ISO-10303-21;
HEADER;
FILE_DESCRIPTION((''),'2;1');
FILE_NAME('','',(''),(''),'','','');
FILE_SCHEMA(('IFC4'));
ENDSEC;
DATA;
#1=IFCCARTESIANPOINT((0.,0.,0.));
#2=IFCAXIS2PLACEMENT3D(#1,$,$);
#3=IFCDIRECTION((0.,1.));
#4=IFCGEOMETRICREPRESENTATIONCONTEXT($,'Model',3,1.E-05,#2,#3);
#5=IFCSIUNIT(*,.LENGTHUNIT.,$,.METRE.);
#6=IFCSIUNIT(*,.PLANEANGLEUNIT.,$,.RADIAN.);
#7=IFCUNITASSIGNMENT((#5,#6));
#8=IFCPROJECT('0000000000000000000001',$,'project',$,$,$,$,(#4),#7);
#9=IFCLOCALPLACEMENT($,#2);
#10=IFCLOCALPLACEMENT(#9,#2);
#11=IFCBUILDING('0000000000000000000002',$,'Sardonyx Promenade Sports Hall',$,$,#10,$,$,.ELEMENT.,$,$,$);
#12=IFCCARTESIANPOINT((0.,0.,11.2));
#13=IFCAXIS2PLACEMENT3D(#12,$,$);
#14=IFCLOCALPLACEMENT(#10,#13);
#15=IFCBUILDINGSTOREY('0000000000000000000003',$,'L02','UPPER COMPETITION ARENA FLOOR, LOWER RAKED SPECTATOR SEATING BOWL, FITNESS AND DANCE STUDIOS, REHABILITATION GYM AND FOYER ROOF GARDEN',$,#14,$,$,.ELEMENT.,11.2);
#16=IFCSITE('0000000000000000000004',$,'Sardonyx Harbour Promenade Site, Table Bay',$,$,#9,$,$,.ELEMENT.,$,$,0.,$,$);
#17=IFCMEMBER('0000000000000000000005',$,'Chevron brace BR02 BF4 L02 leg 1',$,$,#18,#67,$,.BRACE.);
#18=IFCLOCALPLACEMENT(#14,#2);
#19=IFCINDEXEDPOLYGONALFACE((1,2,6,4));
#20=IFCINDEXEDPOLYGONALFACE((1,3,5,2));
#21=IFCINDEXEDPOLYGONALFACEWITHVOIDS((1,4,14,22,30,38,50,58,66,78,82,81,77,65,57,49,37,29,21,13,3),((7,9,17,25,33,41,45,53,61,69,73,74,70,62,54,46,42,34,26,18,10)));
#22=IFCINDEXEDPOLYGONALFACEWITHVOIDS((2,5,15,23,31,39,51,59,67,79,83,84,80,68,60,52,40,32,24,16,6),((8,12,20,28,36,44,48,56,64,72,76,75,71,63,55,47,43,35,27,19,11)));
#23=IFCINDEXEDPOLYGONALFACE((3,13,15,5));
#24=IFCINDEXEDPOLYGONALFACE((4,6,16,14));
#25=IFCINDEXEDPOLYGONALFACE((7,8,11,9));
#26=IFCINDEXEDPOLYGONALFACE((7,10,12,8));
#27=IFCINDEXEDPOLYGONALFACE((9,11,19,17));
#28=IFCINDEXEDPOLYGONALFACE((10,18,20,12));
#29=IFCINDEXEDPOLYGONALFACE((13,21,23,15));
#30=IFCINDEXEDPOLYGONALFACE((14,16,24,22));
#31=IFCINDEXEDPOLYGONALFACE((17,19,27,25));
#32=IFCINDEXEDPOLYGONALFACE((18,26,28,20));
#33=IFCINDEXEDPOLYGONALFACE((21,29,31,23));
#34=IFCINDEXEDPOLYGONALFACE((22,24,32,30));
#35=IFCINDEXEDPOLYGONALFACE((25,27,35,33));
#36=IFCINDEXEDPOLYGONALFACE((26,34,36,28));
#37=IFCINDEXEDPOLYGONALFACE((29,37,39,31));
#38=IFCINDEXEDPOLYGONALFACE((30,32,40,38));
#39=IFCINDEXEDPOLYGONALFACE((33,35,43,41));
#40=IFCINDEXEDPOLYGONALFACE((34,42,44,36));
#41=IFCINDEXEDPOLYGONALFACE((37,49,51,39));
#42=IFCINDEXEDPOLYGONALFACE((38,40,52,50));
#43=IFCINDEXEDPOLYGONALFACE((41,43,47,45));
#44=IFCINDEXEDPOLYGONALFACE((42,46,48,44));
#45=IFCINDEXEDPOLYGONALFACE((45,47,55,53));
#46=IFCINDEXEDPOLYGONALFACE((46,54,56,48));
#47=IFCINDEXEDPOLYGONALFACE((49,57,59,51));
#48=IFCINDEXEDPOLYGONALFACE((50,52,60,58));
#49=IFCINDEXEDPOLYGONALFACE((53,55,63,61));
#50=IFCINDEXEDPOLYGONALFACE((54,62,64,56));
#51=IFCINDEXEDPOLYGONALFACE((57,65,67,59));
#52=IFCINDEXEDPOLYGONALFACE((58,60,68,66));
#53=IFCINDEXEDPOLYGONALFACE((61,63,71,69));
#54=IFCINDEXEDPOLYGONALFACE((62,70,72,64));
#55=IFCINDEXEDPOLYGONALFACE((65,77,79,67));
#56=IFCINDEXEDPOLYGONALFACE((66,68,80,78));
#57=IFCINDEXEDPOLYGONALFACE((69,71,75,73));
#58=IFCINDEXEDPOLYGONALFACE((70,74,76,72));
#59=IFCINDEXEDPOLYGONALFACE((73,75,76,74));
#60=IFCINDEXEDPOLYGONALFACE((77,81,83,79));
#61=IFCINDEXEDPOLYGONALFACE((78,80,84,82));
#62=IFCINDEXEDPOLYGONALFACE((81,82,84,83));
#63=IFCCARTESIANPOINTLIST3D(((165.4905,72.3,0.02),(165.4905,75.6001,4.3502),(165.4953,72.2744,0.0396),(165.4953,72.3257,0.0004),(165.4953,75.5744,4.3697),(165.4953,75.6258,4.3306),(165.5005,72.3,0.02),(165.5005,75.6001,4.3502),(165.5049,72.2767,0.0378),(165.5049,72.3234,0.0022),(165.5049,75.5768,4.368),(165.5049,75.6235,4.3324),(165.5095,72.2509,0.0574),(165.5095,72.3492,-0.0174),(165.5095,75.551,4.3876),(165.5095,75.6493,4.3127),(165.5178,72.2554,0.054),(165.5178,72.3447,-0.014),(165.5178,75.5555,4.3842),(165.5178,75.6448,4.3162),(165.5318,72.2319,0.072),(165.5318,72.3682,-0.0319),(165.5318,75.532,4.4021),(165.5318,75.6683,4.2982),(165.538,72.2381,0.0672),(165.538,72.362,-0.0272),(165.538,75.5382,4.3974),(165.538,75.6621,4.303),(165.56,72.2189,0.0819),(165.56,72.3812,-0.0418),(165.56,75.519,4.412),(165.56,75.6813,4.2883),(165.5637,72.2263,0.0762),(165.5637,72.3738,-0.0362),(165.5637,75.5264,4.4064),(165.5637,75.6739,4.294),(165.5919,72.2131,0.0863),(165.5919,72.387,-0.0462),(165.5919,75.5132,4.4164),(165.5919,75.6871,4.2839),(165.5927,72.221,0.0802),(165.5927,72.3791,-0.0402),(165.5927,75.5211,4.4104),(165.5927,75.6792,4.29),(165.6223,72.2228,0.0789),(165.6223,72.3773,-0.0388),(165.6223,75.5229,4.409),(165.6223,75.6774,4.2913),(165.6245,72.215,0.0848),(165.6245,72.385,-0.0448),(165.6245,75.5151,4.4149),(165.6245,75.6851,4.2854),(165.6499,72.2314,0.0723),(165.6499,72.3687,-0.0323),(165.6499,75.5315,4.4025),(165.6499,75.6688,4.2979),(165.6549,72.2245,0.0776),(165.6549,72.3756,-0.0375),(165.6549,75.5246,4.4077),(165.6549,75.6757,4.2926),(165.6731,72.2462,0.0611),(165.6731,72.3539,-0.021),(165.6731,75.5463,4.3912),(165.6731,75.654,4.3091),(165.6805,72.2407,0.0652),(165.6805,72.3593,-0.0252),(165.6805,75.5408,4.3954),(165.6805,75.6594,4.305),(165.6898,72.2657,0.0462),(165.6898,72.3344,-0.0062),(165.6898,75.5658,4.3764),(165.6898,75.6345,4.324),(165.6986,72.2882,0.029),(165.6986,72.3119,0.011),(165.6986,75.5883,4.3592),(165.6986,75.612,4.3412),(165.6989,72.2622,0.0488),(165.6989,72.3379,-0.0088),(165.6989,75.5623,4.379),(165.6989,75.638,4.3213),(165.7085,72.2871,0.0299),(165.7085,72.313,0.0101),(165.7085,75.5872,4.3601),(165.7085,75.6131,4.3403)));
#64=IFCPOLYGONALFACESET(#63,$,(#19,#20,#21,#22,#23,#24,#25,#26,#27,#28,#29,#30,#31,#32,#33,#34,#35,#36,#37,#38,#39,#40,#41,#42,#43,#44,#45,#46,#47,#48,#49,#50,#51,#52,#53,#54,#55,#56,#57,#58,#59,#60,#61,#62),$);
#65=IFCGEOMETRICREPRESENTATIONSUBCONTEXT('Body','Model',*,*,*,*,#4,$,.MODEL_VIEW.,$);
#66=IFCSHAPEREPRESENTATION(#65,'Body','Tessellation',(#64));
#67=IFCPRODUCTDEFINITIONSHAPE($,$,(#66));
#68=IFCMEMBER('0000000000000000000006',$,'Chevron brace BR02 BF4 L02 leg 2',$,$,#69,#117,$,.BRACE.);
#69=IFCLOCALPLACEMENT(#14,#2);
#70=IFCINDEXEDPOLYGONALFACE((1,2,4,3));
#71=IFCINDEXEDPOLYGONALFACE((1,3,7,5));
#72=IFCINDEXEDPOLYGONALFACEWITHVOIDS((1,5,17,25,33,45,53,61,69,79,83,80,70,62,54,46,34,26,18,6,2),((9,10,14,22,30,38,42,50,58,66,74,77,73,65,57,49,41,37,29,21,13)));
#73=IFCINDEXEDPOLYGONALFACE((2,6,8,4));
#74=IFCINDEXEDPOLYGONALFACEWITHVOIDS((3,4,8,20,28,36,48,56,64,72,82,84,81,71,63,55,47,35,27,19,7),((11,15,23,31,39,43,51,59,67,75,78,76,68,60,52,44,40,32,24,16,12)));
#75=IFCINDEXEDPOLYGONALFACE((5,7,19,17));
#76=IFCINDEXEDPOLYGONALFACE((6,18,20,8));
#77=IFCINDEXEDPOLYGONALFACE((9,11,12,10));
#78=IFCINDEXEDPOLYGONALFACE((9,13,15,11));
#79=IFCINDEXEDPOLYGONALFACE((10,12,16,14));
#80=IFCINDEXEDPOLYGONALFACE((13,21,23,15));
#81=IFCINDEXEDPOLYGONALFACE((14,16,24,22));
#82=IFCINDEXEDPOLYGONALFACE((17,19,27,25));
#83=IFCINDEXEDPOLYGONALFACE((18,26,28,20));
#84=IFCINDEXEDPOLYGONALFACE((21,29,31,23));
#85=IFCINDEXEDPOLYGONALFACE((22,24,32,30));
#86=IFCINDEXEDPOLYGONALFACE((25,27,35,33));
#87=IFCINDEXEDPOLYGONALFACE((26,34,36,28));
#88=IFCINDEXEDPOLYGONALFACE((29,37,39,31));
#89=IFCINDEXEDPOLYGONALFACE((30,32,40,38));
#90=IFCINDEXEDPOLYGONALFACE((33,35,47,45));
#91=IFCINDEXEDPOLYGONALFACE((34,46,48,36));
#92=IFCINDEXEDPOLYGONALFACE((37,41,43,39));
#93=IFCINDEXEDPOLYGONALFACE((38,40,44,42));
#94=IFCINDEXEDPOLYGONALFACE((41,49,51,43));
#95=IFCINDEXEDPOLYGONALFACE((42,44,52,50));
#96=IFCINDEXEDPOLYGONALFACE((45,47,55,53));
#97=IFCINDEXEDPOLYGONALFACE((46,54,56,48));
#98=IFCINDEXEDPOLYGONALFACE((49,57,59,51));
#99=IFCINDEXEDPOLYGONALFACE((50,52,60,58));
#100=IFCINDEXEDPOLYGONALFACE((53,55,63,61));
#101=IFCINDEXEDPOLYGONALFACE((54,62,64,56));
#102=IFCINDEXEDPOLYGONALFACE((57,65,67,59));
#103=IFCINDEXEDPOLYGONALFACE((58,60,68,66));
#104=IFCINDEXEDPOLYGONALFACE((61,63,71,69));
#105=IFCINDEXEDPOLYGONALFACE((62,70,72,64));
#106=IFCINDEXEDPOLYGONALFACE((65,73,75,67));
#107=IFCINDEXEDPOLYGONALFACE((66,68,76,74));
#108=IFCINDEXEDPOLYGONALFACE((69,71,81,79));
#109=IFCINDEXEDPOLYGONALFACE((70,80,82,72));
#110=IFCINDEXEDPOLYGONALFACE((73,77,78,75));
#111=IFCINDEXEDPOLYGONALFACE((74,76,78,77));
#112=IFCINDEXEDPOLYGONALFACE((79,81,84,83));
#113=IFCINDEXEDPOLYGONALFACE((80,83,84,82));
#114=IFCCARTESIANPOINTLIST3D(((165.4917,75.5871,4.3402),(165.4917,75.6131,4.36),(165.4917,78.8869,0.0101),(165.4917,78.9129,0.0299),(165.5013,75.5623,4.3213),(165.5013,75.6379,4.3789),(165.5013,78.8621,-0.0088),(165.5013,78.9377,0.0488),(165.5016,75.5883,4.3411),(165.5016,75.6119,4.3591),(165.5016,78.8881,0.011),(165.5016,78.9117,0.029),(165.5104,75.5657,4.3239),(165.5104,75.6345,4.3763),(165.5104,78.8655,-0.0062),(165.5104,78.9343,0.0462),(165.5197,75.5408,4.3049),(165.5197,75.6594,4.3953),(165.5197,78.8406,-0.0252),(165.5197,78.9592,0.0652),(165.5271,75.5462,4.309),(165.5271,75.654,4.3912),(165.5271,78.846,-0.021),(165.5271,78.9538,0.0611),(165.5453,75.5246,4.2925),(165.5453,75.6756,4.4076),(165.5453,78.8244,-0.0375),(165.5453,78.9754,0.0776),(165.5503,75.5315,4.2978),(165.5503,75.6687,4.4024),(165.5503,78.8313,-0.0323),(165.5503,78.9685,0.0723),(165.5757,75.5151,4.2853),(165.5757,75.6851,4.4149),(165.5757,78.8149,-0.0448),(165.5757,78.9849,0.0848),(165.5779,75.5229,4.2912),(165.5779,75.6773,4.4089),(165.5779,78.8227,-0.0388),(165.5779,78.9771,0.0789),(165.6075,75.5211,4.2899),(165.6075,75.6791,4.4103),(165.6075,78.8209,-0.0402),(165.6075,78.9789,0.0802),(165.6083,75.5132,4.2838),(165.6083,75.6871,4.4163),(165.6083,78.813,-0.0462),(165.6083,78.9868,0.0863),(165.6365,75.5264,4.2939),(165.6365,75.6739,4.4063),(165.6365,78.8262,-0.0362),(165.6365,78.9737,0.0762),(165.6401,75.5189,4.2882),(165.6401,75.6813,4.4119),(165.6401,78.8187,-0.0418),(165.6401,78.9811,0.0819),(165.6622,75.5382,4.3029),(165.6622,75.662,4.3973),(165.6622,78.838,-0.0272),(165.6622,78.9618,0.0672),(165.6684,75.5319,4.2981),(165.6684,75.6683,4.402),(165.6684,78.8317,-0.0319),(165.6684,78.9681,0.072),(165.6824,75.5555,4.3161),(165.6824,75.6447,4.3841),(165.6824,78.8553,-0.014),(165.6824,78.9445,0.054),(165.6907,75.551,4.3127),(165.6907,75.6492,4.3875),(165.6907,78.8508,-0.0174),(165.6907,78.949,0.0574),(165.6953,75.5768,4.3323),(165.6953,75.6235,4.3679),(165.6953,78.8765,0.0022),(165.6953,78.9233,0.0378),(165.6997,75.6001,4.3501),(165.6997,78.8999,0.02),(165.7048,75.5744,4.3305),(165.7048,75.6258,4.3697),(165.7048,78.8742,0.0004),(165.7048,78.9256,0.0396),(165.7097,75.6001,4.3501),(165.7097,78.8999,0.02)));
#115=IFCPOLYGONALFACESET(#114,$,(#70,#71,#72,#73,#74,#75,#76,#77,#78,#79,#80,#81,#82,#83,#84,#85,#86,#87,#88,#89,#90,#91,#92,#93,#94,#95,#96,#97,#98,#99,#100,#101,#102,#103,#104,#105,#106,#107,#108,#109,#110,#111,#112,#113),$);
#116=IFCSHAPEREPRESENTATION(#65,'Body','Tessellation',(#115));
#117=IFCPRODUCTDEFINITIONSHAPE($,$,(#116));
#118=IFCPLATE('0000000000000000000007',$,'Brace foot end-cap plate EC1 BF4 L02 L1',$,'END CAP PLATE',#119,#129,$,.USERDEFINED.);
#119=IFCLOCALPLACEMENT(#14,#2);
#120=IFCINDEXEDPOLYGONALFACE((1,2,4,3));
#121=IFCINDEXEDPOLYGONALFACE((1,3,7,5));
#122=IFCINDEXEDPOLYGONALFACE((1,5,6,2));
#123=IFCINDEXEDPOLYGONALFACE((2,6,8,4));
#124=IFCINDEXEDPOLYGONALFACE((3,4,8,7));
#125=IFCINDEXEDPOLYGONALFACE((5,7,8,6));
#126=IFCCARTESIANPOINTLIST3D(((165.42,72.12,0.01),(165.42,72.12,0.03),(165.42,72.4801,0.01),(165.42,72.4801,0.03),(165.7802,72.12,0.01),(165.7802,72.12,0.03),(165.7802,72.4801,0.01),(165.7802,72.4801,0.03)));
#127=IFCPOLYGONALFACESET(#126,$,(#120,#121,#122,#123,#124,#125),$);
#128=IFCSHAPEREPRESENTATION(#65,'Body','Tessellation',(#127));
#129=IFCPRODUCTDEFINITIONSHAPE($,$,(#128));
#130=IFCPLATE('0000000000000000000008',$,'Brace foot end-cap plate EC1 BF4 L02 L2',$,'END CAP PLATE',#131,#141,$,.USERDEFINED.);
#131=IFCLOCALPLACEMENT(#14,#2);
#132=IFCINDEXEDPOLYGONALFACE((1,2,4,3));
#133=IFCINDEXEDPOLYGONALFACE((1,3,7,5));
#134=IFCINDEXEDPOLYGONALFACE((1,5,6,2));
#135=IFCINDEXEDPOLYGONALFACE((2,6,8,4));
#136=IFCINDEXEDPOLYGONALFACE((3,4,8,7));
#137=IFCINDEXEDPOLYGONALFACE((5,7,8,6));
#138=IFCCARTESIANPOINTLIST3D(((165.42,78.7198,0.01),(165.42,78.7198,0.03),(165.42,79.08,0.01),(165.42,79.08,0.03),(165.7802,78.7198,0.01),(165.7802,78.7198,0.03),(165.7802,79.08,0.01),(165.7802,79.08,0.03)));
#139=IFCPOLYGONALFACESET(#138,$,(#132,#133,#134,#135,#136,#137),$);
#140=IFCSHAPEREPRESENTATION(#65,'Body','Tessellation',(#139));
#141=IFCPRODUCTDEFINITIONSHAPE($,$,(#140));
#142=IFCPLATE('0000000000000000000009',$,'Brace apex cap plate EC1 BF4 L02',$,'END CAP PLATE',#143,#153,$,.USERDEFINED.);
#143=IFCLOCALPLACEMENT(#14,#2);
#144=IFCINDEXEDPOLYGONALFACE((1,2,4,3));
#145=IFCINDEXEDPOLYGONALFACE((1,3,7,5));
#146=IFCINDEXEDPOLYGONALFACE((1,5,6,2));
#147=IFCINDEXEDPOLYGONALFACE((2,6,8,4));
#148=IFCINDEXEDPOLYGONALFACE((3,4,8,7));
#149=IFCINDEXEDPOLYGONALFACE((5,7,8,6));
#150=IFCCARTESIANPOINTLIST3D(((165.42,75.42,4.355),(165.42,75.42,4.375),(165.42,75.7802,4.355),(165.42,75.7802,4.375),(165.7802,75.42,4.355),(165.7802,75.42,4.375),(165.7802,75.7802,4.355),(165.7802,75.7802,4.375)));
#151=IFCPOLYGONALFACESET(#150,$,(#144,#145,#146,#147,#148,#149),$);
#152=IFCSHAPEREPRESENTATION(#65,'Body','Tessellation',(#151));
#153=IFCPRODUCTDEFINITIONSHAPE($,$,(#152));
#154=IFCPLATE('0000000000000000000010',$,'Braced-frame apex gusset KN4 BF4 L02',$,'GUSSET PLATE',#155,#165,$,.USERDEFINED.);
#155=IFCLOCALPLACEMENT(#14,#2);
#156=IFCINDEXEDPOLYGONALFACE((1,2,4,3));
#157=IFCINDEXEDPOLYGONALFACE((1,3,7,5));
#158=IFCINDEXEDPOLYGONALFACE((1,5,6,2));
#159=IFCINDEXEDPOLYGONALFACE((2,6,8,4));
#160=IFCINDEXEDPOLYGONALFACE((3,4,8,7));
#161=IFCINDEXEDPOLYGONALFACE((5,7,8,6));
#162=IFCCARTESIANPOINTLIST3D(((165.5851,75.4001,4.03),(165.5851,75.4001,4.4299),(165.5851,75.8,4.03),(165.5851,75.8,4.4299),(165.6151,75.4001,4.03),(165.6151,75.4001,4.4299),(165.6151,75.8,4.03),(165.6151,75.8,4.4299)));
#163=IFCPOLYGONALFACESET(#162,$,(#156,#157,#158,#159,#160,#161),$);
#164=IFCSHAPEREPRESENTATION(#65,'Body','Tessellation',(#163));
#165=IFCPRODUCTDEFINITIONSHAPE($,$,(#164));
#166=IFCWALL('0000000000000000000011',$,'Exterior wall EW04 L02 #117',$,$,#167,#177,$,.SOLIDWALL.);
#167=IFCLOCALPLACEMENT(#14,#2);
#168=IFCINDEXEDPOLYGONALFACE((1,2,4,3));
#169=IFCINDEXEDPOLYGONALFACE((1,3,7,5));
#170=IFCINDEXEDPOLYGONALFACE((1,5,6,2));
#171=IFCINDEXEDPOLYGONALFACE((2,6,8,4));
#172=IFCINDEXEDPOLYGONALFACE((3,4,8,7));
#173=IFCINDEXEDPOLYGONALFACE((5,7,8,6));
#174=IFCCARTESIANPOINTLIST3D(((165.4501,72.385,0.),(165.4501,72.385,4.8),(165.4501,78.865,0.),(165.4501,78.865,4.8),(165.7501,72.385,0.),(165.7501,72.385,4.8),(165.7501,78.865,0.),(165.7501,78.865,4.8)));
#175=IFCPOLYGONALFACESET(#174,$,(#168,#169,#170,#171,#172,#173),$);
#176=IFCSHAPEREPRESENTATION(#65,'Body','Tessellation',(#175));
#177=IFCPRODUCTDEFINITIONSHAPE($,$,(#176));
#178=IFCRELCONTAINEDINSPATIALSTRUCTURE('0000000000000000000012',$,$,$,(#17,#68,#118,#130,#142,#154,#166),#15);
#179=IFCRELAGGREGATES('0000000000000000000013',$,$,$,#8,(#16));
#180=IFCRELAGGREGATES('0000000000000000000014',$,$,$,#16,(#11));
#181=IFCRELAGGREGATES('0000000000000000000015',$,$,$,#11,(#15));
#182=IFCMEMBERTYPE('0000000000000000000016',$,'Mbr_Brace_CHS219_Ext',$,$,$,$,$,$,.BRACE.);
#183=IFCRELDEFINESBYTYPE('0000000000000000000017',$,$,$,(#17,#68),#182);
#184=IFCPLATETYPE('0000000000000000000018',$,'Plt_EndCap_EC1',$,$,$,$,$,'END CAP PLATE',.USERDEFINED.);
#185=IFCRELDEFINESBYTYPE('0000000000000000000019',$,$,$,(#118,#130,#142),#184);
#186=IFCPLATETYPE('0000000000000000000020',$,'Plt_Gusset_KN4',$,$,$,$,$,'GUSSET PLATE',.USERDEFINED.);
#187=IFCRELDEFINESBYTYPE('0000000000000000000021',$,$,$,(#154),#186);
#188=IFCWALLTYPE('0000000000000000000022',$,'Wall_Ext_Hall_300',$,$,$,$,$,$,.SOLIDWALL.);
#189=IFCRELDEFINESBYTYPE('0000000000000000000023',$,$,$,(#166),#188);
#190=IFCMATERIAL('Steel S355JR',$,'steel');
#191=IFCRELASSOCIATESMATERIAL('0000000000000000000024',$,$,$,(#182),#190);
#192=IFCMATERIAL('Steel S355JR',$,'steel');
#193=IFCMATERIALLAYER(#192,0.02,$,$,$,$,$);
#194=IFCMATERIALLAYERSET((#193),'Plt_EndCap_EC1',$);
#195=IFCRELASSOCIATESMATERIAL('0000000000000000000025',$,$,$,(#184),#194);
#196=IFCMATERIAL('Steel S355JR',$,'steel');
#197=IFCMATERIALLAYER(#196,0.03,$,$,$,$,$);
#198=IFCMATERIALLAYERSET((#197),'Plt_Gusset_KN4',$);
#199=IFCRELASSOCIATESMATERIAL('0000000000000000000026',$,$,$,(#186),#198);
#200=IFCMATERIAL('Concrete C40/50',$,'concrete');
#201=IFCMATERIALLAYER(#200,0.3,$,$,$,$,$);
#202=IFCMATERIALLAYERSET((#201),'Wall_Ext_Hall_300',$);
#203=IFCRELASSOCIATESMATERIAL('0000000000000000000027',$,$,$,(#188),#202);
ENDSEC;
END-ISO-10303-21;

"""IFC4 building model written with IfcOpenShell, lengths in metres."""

from ifc_helpers import new_model, si_unit, direction, frame, frame_2d, origin, origin_2d, place, context, subcontext, project, spatial, rectangle, hollow_circle, extrude, material, layer, layer_set, material_profile, profile_set, type_object, element, save


model = new_model("IFC4")

# Units and contexts
model_context = context("Model", 3, precision=1e-05, world=origin(), true_north=direction((0.0, 1.0)))
body_context = subcontext(model_context, "Body", "Model", "MODEL_VIEW")
ifc_project = project(units=[si_unit("LENGTHUNIT", "METRE"), si_unit("PLANEANGLEUNIT", "RADIAN")], contexts=[model_context])

# Site, building, storey
site_placement = place(None, origin())
site = spatial("IfcSite", under=ifc_project, at=site_placement, Name="Sardonyx Harbour Promenade Site, Table Bay", CompositionType="ELEMENT", RefElevation=0.0)
building_placement = place(site_placement, origin())
building = spatial("IfcBuilding", under=site, at=building_placement, Name="Sardonyx Promenade Sports Hall", CompositionType="ELEMENT")
storey_placement = place(building_placement, frame((0.0, 0.0, 11.2)))
storey = spatial("IfcBuildingStorey", under=building, at=storey_placement, Name="L02", Description="UPPER COMPETITION ARENA FLOOR, LOWER RAKED SPECTATOR SEATING BOWL, FITNESS AND DANCE STUDIOS, REHABILITATION GYM AND FOYER ROOF GARDEN", CompositionType="ELEMENT", Elevation=11.2)

# Members
ifc_material_1 = material(Name="Steel S355JR", Category="steel")
ifc_material_profile_1 = material_profile(ifc_material_1, hollow_circle(Radius=0.1096, WallThickness=0.01, at=origin_2d()))
ifc_profile_set_1 = profile_set([ifc_material_profile_1], Name="Steel S355JR")
member_type = type_object("IfcMemberType", Name="Mbr_Brace_CHS219_Ext", PredefinedType="BRACE", material=ifc_profile_set_1)
member_1_placement = place(storey_placement, frame((165.6001, 72.3, 0.02), z_axis=(0.0, 0.606153, 0.795348), x_axis=(-1.0, 0.0, 0.0)))
element("IfcMember", 1, at=member_1_placement, inside=storey, type_object=member_type, Name="Chevron brace BR02 BF4 L02 leg 1", PredefinedType="BRACE", context=body_context, shape_type="SweptSolid", body=[
    extrude(hollow_circle(Radius=0.1096, WallThickness=0.01, at=origin_2d()), origin(), (0.0, 0.0, 1.0), 5.4443),
])
member_2_placement = place(storey_placement, frame((165.6001, 78.8999, 0.02), z_axis=(0.0, -0.606124, 0.79537), x_axis=(1.0, 0.0, 0.0)))
element("IfcMember", 2, at=member_2_placement, inside=storey, type_object=member_type, Name="Chevron brace BR02 BF4 L02 leg 2", PredefinedType="BRACE", context=body_context, shape_type="SweptSolid", body=[
    extrude(hollow_circle(Radius=0.1096, WallThickness=0.01, at=origin_2d()), origin(), (0.0, 0.0, 1.0), 5.4441),
])

# Plates
ifc_material_2 = material(Name="Steel S355JR", Category="steel")
ifc_layer_1 = layer(ifc_material_2, 0.02)
ifc_layer_set_1 = layer_set([ifc_layer_1], Name="Plt_EndCap_EC1")
plate_type_1 = type_object("IfcPlateType", Name="Plt_EndCap_EC1", ElementType="END CAP PLATE", PredefinedType="USERDEFINED", material=ifc_layer_set_1)
for number, where, z_axis, x_axis, name in (
    (3, (165.6001, 72.3, 0.01), (0.0, 0.0, 1.0), (1.0, 0.0, 0.0), "Brace foot end-cap plate EC1 BF4 L02 L1"),
    (4, (165.6001, 78.8999, 0.01), (0.0, 0.0, 1.0), (1.0, 0.0, 0.0), "Brace foot end-cap plate EC1 BF4 L02 L2"),
    (5, (165.6001, 75.6001, 4.355), (0.0, 0.0, 1.0), (1.0, 0.0, 0.0), "Brace apex cap plate EC1 BF4 L02"),
):
    element("IfcPlate", number, at=place(storey_placement, frame(where, z_axis=z_axis, x_axis=x_axis)), inside=storey, type_object=plate_type_1, Name=name, ObjectType="END CAP PLATE", PredefinedType="USERDEFINED", context=body_context, shape_type="SweptSolid", body=[
        extrude(rectangle(XDim=0.3601, YDim=0.3601, at=origin_2d()), origin(), (0.0, 0.0, 1.0), 0.02),
    ])
ifc_material_3 = material(Name="Steel S355JR", Category="steel")
ifc_layer_2 = layer(ifc_material_3, 0.03)
ifc_layer_set_2 = layer_set([ifc_layer_2], Name="Plt_Gusset_KN4")
plate_type_2 = type_object("IfcPlateType", Name="Plt_Gusset_KN4", ElementType="GUSSET PLATE", PredefinedType="USERDEFINED", material=ifc_layer_set_2)
plate_placement = place(storey_placement, frame((165.6001, 75.6001, 4.03), z_axis=(0.0, 0.0, 1.0), x_axis=(0.0, 1.0, 0.0)))
element("IfcPlate", 6, at=plate_placement, inside=storey, type_object=plate_type_2, Name="Braced-frame apex gusset KN4 BF4 L02", ObjectType="GUSSET PLATE", PredefinedType="USERDEFINED", context=body_context, shape_type="SweptSolid", body=[
    extrude(rectangle(XDim=0.3999, YDim=0.03, at=origin_2d()), origin(), (0.0, 0.0, 1.0), 0.3999),
])

# Wall
ifc_material_4 = material(Name="Concrete C40/50", Category="concrete")
ifc_layer_3 = layer(ifc_material_4, 0.3)
ifc_layer_set_3 = layer_set([ifc_layer_3], Name="Wall_Ext_Hall_300")
wall_type = type_object("IfcWallType", Name="Wall_Ext_Hall_300", PredefinedType="SOLIDWALL", material=ifc_layer_set_3)
wall_1_placement = place(storey_placement, frame((165.6001, 78.865, 0.0), z_axis=(0.0, 0.0, 1.0), x_axis=(0.0, -1.0, 0.0)))
element("IfcWall", 7, at=wall_1_placement, inside=storey, type_object=wall_type, Name="Exterior wall EW04 L02 #117", PredefinedType="SOLIDWALL", context=body_context, shape_type="SweptSolid", body=[
    extrude(rectangle(XDim=6.48, YDim=0.3, at=frame_2d((3.24, 0.0))), origin(), (0.0, 0.0, 1.0), 4.8),
])

save(model, "model.ifc")
